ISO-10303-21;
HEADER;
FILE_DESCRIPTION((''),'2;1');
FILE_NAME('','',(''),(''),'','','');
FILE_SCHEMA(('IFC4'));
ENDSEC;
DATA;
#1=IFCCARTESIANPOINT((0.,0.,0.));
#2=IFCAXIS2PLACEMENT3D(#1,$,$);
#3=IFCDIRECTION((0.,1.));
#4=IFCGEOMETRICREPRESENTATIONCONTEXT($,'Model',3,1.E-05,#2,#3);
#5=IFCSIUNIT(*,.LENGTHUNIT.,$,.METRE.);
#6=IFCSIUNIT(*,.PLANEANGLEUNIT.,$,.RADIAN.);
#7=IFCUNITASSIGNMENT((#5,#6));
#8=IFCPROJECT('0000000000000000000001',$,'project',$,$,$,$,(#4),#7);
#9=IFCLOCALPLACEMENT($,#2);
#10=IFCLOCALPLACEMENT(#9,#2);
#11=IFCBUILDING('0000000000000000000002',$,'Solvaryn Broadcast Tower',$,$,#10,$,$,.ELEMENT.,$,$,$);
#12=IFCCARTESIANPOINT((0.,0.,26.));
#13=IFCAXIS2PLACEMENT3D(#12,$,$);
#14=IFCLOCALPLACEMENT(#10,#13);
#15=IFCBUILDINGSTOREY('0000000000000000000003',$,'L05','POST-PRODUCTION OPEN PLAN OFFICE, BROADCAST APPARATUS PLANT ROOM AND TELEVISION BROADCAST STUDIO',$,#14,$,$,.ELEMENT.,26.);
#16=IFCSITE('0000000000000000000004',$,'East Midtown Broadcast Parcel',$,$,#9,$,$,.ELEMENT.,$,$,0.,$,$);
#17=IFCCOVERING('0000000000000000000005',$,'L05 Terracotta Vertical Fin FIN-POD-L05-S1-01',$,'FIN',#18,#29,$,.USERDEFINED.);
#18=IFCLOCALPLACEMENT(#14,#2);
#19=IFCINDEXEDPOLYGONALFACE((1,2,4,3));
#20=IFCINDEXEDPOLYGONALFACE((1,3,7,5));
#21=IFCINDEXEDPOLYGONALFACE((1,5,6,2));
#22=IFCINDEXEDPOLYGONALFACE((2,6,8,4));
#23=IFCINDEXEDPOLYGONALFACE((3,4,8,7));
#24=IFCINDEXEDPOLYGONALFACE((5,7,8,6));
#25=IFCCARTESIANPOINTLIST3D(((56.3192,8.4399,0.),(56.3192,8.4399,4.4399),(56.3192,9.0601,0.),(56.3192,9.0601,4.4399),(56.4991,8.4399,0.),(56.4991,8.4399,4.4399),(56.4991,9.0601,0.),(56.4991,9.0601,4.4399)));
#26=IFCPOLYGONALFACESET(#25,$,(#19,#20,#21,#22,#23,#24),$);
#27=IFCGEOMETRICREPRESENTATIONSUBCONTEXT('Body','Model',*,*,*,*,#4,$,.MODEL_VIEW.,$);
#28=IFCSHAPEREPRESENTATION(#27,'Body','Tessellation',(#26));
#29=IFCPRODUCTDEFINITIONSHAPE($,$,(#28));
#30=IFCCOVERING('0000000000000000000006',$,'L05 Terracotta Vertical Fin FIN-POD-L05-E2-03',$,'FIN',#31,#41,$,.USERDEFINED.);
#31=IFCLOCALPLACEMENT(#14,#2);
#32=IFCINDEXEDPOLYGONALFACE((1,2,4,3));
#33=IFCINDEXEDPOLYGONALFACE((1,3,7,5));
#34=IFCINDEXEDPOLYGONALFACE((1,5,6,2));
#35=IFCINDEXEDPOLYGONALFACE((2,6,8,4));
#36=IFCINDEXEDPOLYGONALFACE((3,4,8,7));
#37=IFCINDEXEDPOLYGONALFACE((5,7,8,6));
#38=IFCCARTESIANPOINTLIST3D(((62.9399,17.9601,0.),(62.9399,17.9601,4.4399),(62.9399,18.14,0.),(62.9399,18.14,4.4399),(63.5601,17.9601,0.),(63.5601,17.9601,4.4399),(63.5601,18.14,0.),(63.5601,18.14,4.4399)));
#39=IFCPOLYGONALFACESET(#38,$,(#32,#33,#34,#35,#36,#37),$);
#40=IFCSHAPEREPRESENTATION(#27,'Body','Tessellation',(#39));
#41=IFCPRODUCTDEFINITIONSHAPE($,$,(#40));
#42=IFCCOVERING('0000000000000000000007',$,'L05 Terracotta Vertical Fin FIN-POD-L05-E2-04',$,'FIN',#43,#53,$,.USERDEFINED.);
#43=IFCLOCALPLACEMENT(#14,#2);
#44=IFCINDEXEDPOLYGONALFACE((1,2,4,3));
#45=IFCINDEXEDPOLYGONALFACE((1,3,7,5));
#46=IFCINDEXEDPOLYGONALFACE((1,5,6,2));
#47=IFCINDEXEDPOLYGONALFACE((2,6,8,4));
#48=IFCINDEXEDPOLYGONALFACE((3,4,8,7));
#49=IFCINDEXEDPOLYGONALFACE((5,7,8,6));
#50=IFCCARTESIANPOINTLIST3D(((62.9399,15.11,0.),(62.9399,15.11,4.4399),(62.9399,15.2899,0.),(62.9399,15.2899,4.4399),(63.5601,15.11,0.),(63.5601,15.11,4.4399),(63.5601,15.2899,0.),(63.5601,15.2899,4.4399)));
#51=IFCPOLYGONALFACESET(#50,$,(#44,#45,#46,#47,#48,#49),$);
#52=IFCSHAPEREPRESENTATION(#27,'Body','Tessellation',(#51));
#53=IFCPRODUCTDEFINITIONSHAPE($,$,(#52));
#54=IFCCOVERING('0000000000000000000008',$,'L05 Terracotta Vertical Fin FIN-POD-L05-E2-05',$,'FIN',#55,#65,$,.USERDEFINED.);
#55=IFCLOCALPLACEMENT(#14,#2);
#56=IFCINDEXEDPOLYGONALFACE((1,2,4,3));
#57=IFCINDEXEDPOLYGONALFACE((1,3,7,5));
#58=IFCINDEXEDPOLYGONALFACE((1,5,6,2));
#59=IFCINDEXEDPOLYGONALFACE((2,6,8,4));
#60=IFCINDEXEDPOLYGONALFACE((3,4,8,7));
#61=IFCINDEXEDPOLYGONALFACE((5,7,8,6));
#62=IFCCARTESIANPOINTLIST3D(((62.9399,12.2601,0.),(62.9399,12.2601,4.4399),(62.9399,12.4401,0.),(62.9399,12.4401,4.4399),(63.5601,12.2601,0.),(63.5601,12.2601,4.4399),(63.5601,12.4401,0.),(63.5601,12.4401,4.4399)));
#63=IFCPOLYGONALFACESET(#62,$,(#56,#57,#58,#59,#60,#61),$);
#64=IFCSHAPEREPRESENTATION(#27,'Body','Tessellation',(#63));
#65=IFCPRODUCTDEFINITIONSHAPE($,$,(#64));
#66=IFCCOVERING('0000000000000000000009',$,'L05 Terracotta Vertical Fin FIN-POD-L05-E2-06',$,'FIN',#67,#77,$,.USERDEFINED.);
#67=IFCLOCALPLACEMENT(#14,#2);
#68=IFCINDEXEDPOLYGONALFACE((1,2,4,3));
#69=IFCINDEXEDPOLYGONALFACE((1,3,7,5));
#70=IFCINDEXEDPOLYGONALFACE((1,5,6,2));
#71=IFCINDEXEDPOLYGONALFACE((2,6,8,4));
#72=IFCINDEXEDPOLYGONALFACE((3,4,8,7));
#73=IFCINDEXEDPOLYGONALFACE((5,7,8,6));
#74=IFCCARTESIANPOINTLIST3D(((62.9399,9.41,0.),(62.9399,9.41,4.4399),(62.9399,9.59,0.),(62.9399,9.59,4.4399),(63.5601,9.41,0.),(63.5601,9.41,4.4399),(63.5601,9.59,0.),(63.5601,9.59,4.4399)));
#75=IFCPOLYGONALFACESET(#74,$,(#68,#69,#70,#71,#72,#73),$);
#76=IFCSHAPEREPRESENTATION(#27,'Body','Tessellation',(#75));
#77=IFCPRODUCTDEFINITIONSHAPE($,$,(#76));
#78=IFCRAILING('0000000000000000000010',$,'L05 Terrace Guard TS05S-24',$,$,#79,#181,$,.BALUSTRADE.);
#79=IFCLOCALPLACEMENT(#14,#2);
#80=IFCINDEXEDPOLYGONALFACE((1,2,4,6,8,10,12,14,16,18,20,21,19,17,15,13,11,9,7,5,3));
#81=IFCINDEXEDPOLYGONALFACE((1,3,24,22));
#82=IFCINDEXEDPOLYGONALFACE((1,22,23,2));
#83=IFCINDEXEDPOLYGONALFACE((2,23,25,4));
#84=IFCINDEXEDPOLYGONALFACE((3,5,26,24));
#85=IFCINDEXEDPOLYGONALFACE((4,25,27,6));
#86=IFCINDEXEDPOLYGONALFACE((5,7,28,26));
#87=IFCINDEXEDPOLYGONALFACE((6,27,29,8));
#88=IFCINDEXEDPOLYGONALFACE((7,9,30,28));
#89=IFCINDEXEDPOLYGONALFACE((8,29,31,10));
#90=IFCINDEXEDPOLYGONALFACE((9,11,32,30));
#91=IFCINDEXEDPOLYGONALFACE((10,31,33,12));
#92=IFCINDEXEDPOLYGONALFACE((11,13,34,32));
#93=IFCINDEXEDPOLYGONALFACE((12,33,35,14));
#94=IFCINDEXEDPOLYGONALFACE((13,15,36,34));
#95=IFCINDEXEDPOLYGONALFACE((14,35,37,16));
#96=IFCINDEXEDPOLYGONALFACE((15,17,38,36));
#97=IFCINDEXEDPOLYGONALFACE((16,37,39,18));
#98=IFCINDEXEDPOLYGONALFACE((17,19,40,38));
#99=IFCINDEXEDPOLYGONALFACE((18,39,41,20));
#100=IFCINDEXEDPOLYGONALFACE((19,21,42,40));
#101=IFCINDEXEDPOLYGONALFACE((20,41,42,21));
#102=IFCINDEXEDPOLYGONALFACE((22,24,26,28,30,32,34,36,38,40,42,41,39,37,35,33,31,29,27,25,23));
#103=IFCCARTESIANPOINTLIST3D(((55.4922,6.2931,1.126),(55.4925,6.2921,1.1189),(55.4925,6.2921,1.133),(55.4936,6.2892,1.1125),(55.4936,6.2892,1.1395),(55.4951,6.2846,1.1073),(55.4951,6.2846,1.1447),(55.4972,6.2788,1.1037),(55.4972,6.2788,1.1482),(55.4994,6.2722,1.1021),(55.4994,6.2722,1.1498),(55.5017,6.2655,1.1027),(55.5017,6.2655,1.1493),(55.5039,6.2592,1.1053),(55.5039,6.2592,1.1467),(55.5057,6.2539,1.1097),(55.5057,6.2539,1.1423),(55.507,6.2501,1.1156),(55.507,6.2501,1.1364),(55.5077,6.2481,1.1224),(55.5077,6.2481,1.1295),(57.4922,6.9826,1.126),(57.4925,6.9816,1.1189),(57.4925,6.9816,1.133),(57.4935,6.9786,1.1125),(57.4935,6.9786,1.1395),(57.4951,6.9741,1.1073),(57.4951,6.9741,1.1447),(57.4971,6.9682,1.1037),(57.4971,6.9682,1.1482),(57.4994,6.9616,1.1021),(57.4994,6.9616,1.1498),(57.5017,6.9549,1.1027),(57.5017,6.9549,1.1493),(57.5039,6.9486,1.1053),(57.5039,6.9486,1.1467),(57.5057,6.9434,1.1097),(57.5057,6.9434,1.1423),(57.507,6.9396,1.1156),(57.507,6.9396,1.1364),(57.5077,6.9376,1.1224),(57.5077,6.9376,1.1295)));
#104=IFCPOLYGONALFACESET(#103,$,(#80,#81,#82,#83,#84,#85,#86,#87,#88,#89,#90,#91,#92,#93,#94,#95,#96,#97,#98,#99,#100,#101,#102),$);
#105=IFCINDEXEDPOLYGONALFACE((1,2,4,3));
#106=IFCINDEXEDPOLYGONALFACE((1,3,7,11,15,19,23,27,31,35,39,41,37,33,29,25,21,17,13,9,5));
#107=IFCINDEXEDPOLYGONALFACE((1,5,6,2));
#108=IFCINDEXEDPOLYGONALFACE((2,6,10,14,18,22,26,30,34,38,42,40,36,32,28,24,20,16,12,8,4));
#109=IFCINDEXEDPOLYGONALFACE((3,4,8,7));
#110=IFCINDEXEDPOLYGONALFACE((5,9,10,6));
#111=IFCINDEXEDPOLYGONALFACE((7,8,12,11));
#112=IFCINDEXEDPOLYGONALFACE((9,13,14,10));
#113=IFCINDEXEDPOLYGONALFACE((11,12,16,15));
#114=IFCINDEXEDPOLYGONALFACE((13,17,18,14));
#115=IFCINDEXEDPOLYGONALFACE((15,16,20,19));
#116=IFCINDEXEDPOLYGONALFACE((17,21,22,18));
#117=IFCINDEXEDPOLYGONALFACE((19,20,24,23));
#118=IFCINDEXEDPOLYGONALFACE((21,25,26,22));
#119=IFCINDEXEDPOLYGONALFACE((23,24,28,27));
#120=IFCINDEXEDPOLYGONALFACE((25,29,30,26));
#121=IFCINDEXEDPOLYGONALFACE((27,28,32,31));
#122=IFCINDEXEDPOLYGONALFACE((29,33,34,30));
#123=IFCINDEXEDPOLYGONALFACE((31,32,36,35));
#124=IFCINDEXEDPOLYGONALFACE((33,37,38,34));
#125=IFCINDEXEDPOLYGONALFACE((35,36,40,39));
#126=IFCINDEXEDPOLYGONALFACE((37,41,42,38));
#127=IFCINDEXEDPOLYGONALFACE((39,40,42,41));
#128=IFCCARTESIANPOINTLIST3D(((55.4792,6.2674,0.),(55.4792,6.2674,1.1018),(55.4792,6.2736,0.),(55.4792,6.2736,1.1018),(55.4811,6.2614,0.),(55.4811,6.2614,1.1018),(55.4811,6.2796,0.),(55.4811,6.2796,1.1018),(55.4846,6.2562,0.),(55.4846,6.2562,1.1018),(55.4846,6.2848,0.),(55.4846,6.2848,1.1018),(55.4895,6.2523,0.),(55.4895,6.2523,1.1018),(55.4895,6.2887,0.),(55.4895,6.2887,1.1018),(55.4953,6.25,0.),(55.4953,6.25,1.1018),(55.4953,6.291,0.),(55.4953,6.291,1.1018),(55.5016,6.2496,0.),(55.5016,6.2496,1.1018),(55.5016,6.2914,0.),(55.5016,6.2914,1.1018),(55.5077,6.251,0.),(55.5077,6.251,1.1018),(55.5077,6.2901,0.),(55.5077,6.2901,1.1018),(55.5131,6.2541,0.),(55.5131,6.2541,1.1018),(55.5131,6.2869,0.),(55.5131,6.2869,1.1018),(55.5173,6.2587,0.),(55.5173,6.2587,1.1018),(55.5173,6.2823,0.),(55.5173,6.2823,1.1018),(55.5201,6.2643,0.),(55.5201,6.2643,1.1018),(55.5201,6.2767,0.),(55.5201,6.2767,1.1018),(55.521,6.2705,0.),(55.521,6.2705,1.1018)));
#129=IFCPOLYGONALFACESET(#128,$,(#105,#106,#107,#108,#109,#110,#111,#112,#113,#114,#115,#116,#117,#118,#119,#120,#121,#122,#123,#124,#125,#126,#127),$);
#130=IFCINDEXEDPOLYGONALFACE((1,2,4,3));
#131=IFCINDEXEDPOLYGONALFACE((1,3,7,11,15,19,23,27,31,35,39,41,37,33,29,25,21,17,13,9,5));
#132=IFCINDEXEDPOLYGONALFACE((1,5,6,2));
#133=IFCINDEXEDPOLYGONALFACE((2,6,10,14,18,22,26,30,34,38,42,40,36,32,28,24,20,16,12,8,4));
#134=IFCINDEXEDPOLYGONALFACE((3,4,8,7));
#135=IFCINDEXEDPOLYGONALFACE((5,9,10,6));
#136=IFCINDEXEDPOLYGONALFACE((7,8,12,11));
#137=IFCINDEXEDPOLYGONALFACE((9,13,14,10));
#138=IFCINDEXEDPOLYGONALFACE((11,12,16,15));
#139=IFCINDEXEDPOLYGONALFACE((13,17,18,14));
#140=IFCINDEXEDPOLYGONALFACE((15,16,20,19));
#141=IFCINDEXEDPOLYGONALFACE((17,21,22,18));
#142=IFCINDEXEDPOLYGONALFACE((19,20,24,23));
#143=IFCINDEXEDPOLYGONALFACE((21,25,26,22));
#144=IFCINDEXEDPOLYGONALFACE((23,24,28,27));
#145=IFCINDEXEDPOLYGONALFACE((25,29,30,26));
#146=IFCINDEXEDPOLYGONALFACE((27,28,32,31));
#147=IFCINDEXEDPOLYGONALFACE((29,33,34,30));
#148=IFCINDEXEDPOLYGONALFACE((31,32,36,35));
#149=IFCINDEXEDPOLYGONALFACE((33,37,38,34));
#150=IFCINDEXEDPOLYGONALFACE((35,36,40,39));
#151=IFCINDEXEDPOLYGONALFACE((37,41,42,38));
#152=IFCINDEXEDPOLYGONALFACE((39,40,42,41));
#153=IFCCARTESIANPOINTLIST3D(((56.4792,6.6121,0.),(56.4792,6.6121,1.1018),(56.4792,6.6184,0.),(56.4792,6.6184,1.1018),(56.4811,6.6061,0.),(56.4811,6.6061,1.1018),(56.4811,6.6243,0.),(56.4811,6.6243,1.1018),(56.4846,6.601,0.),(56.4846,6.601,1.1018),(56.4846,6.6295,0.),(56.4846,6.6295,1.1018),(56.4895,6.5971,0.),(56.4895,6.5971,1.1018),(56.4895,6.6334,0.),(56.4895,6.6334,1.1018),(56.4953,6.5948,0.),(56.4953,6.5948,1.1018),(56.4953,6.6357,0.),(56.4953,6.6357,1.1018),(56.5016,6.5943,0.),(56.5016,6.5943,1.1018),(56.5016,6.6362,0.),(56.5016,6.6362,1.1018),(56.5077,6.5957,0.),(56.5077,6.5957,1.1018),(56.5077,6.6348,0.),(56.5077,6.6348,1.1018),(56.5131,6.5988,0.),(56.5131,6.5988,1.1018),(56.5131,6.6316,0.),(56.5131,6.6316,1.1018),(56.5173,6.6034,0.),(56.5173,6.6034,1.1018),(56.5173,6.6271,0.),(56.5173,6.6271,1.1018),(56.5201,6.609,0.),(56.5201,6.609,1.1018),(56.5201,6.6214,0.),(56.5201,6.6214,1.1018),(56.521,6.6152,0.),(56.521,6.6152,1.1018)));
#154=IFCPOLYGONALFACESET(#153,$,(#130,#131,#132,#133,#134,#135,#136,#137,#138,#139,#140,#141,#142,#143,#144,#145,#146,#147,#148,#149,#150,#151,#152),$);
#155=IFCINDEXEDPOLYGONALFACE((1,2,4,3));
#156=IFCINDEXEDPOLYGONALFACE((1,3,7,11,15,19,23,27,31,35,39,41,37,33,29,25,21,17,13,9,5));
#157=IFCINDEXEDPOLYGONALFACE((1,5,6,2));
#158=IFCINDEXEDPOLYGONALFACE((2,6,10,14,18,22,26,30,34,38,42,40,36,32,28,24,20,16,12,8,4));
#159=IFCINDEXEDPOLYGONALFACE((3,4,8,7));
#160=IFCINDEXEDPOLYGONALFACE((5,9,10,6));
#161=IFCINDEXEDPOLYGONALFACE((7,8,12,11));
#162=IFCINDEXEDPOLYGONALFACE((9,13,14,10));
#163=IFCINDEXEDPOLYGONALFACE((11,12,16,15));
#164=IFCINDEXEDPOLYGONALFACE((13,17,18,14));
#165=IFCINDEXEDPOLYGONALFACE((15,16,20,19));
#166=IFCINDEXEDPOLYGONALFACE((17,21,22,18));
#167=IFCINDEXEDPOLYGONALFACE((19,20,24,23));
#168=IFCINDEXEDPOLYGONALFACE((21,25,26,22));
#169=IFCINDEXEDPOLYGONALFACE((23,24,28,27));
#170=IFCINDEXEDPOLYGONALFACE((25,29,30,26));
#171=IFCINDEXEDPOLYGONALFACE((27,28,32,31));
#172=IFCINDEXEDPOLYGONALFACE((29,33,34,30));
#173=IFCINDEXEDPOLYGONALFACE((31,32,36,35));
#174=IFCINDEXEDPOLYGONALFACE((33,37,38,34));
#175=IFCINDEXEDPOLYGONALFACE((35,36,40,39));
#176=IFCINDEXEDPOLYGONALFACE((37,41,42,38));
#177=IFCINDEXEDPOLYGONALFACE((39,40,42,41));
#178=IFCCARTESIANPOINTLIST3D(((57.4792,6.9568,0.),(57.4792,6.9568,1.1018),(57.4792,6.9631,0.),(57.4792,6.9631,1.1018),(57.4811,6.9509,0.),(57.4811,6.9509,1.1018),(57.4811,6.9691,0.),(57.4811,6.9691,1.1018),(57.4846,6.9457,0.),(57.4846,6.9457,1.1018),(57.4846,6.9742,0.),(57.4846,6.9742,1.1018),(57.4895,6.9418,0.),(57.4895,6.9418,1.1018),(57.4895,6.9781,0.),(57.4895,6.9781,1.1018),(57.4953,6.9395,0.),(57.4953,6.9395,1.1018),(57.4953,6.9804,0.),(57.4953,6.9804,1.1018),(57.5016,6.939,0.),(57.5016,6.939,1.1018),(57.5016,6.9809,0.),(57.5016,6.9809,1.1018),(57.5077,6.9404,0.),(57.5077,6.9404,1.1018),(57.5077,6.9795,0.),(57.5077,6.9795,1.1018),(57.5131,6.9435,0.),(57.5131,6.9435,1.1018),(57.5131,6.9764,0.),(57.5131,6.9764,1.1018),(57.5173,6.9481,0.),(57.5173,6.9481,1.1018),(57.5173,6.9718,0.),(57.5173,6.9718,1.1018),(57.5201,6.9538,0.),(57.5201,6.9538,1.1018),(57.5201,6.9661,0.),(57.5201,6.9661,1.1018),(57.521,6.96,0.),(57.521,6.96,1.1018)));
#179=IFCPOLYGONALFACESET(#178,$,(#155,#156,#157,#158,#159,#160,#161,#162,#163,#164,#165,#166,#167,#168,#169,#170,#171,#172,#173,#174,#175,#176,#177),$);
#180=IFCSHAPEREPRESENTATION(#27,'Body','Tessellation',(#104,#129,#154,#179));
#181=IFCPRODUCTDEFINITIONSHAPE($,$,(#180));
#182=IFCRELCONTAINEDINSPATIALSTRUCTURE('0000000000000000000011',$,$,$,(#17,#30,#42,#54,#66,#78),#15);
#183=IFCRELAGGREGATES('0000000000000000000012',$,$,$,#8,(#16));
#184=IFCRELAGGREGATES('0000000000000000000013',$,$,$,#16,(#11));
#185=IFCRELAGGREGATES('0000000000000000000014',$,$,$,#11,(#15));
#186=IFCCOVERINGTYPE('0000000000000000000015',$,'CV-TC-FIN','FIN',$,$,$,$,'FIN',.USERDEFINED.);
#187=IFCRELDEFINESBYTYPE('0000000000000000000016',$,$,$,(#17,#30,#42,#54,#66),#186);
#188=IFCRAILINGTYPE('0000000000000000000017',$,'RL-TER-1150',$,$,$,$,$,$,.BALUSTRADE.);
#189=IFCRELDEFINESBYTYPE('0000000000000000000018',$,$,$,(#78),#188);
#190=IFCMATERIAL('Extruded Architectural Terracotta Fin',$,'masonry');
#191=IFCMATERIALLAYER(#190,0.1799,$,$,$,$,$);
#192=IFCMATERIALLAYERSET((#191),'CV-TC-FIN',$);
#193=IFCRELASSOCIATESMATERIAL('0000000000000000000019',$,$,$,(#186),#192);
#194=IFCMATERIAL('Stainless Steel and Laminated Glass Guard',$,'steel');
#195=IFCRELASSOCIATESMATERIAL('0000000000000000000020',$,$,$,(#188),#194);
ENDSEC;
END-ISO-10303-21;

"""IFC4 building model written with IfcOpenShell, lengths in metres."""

from ifc_helpers import new_model, si_unit, direction, frame, origin, origin_2d, place, context, subcontext, project, spatial, rectangle, circle, extrude, material, layer, layer_set, type_object, element, save


model = new_model("IFC4")

# Units and contexts
model_context = context("Model", 3, precision=1e-05, world=origin(), true_north=direction((0.0, 1.0)))
body_context = subcontext(model_context, "Body", "Model", "MODEL_VIEW")
ifc_project = project(units=[si_unit("LENGTHUNIT", "METRE"), si_unit("PLANEANGLEUNIT", "RADIAN")], contexts=[model_context])

# Site, building, storey
site_placement = place(None, origin())
site = spatial("IfcSite", under=ifc_project, at=site_placement, Name="East Midtown Broadcast Parcel", CompositionType="ELEMENT", RefElevation=0.0)
building_placement = place(site_placement, origin())
building = spatial("IfcBuilding", under=site, at=building_placement, Name="Solvaryn Broadcast Tower", CompositionType="ELEMENT")
storey_placement = place(building_placement, frame((0.0, 0.0, 26.0)))
storey = spatial("IfcBuildingStorey", under=building, at=storey_placement, Name="L05", Description="POST-PRODUCTION OPEN PLAN OFFICE, BROADCAST APPARATUS PLANT ROOM AND TELEVISION BROADCAST STUDIO", CompositionType="ELEMENT", Elevation=26.0)

# Coverings
ifc_material_1 = material(Name="Extruded Architectural Terracotta Fin", Category="masonry")
ifc_layer_1 = layer(ifc_material_1, 0.1799)
ifc_layer_set_1 = layer_set([ifc_layer_1], Name="CV-TC-FIN")
covering_type = type_object("IfcCoveringType", Name="CV-TC-FIN", Description="FIN", ElementType="FIN", PredefinedType="USERDEFINED", material=ifc_layer_set_1)
for number, where, z_axis, x_axis, name in (
    (1, (56.4092, 8.75, 0.0), (0.0, 0.0, 1.0), (1.0, 0.0, 0.0), "L05 Terracotta Vertical Fin FIN-POD-L05-S1-01"),
):
    element("IfcCovering", number, at=place(storey_placement, frame(where, z_axis=z_axis, x_axis=x_axis)), inside=storey, type_object=covering_type, Name=name, ObjectType="FIN", PredefinedType="USERDEFINED", context=body_context, shape_type="SweptSolid", body=[
        extrude(rectangle(XDim=0.1799, YDim=0.6201, at=origin_2d()), origin(), (0.0, 0.0, 1.0), 4.4399),
    ])
for number, where, z_axis, x_axis, name in (
    (2, (63.25, 18.05, 0.0), (0.0, 0.0, 1.0), (1.0, 0.0, 0.0), "L05 Terracotta Vertical Fin FIN-POD-L05-E2-03"),
    (3, (63.25, 15.2, 0.0), (0.0, 0.0, 1.0), (1.0, 0.0, 0.0), "L05 Terracotta Vertical Fin FIN-POD-L05-E2-04"),
    (4, (63.25, 12.3501, 0.0), (0.0, 0.0, 1.0), (1.0, 0.0, 0.0), "L05 Terracotta Vertical Fin FIN-POD-L05-E2-05"),
    (5, (63.25, 9.5, 0.0), (0.0, 0.0, 1.0), (1.0, 0.0, 0.0), "L05 Terracotta Vertical Fin FIN-POD-L05-E2-06"),
):
    element("IfcCovering", number, at=place(storey_placement, frame(where, z_axis=z_axis, x_axis=x_axis)), inside=storey, type_object=covering_type, Name=name, ObjectType="FIN", PredefinedType="USERDEFINED", context=body_context, shape_type="SweptSolid", body=[
        extrude(rectangle(XDim=0.6201, YDim=0.1799, at=origin_2d()), origin(), (0.0, 0.0, 1.0), 4.4399),
    ])

# Railing
ifc_material_2 = material(Name="Stainless Steel and Laminated Glass Guard", Category="steel")
railing_type = type_object("IfcRailingType", Name="RL-TER-1150", PredefinedType="BALUSTRADE", material=ifc_material_2)
railing_1_placement = place(storey_placement, frame((55.5, 6.2705, 0.0)))
element("IfcRailing", 6, at=railing_1_placement, inside=storey, type_object=railing_type, Name="L05 Terrace Guard TS05S-24", PredefinedType="BALUSTRADE", context=body_context, shape_type="SweptSolid", body=[
    extrude(circle(Radius=0.0239, at=origin_2d()), frame((0.0, 0.0, 1.126), z_axis=(0.945402, 0.325905, 0.0), x_axis=(-0.325905, 0.945402, 0.0)), (0.0, 0.0, 1.0), 2.1155),
    extrude(circle(Radius=0.021, at=origin_2d()), origin(), (0.0, 0.0, 1.0), 1.1018),
    extrude(circle(Radius=0.021, at=origin_2d()), frame((1.0, 0.3447, 0.0)), (0.0, 0.0, 1.0), 1.1018),
    extrude(circle(Radius=0.021, at=origin_2d()), frame((2.0, 0.6895, 0.0)), (0.0, 0.0, 1.0), 1.1018),
])

save(model, "model.ifc")
